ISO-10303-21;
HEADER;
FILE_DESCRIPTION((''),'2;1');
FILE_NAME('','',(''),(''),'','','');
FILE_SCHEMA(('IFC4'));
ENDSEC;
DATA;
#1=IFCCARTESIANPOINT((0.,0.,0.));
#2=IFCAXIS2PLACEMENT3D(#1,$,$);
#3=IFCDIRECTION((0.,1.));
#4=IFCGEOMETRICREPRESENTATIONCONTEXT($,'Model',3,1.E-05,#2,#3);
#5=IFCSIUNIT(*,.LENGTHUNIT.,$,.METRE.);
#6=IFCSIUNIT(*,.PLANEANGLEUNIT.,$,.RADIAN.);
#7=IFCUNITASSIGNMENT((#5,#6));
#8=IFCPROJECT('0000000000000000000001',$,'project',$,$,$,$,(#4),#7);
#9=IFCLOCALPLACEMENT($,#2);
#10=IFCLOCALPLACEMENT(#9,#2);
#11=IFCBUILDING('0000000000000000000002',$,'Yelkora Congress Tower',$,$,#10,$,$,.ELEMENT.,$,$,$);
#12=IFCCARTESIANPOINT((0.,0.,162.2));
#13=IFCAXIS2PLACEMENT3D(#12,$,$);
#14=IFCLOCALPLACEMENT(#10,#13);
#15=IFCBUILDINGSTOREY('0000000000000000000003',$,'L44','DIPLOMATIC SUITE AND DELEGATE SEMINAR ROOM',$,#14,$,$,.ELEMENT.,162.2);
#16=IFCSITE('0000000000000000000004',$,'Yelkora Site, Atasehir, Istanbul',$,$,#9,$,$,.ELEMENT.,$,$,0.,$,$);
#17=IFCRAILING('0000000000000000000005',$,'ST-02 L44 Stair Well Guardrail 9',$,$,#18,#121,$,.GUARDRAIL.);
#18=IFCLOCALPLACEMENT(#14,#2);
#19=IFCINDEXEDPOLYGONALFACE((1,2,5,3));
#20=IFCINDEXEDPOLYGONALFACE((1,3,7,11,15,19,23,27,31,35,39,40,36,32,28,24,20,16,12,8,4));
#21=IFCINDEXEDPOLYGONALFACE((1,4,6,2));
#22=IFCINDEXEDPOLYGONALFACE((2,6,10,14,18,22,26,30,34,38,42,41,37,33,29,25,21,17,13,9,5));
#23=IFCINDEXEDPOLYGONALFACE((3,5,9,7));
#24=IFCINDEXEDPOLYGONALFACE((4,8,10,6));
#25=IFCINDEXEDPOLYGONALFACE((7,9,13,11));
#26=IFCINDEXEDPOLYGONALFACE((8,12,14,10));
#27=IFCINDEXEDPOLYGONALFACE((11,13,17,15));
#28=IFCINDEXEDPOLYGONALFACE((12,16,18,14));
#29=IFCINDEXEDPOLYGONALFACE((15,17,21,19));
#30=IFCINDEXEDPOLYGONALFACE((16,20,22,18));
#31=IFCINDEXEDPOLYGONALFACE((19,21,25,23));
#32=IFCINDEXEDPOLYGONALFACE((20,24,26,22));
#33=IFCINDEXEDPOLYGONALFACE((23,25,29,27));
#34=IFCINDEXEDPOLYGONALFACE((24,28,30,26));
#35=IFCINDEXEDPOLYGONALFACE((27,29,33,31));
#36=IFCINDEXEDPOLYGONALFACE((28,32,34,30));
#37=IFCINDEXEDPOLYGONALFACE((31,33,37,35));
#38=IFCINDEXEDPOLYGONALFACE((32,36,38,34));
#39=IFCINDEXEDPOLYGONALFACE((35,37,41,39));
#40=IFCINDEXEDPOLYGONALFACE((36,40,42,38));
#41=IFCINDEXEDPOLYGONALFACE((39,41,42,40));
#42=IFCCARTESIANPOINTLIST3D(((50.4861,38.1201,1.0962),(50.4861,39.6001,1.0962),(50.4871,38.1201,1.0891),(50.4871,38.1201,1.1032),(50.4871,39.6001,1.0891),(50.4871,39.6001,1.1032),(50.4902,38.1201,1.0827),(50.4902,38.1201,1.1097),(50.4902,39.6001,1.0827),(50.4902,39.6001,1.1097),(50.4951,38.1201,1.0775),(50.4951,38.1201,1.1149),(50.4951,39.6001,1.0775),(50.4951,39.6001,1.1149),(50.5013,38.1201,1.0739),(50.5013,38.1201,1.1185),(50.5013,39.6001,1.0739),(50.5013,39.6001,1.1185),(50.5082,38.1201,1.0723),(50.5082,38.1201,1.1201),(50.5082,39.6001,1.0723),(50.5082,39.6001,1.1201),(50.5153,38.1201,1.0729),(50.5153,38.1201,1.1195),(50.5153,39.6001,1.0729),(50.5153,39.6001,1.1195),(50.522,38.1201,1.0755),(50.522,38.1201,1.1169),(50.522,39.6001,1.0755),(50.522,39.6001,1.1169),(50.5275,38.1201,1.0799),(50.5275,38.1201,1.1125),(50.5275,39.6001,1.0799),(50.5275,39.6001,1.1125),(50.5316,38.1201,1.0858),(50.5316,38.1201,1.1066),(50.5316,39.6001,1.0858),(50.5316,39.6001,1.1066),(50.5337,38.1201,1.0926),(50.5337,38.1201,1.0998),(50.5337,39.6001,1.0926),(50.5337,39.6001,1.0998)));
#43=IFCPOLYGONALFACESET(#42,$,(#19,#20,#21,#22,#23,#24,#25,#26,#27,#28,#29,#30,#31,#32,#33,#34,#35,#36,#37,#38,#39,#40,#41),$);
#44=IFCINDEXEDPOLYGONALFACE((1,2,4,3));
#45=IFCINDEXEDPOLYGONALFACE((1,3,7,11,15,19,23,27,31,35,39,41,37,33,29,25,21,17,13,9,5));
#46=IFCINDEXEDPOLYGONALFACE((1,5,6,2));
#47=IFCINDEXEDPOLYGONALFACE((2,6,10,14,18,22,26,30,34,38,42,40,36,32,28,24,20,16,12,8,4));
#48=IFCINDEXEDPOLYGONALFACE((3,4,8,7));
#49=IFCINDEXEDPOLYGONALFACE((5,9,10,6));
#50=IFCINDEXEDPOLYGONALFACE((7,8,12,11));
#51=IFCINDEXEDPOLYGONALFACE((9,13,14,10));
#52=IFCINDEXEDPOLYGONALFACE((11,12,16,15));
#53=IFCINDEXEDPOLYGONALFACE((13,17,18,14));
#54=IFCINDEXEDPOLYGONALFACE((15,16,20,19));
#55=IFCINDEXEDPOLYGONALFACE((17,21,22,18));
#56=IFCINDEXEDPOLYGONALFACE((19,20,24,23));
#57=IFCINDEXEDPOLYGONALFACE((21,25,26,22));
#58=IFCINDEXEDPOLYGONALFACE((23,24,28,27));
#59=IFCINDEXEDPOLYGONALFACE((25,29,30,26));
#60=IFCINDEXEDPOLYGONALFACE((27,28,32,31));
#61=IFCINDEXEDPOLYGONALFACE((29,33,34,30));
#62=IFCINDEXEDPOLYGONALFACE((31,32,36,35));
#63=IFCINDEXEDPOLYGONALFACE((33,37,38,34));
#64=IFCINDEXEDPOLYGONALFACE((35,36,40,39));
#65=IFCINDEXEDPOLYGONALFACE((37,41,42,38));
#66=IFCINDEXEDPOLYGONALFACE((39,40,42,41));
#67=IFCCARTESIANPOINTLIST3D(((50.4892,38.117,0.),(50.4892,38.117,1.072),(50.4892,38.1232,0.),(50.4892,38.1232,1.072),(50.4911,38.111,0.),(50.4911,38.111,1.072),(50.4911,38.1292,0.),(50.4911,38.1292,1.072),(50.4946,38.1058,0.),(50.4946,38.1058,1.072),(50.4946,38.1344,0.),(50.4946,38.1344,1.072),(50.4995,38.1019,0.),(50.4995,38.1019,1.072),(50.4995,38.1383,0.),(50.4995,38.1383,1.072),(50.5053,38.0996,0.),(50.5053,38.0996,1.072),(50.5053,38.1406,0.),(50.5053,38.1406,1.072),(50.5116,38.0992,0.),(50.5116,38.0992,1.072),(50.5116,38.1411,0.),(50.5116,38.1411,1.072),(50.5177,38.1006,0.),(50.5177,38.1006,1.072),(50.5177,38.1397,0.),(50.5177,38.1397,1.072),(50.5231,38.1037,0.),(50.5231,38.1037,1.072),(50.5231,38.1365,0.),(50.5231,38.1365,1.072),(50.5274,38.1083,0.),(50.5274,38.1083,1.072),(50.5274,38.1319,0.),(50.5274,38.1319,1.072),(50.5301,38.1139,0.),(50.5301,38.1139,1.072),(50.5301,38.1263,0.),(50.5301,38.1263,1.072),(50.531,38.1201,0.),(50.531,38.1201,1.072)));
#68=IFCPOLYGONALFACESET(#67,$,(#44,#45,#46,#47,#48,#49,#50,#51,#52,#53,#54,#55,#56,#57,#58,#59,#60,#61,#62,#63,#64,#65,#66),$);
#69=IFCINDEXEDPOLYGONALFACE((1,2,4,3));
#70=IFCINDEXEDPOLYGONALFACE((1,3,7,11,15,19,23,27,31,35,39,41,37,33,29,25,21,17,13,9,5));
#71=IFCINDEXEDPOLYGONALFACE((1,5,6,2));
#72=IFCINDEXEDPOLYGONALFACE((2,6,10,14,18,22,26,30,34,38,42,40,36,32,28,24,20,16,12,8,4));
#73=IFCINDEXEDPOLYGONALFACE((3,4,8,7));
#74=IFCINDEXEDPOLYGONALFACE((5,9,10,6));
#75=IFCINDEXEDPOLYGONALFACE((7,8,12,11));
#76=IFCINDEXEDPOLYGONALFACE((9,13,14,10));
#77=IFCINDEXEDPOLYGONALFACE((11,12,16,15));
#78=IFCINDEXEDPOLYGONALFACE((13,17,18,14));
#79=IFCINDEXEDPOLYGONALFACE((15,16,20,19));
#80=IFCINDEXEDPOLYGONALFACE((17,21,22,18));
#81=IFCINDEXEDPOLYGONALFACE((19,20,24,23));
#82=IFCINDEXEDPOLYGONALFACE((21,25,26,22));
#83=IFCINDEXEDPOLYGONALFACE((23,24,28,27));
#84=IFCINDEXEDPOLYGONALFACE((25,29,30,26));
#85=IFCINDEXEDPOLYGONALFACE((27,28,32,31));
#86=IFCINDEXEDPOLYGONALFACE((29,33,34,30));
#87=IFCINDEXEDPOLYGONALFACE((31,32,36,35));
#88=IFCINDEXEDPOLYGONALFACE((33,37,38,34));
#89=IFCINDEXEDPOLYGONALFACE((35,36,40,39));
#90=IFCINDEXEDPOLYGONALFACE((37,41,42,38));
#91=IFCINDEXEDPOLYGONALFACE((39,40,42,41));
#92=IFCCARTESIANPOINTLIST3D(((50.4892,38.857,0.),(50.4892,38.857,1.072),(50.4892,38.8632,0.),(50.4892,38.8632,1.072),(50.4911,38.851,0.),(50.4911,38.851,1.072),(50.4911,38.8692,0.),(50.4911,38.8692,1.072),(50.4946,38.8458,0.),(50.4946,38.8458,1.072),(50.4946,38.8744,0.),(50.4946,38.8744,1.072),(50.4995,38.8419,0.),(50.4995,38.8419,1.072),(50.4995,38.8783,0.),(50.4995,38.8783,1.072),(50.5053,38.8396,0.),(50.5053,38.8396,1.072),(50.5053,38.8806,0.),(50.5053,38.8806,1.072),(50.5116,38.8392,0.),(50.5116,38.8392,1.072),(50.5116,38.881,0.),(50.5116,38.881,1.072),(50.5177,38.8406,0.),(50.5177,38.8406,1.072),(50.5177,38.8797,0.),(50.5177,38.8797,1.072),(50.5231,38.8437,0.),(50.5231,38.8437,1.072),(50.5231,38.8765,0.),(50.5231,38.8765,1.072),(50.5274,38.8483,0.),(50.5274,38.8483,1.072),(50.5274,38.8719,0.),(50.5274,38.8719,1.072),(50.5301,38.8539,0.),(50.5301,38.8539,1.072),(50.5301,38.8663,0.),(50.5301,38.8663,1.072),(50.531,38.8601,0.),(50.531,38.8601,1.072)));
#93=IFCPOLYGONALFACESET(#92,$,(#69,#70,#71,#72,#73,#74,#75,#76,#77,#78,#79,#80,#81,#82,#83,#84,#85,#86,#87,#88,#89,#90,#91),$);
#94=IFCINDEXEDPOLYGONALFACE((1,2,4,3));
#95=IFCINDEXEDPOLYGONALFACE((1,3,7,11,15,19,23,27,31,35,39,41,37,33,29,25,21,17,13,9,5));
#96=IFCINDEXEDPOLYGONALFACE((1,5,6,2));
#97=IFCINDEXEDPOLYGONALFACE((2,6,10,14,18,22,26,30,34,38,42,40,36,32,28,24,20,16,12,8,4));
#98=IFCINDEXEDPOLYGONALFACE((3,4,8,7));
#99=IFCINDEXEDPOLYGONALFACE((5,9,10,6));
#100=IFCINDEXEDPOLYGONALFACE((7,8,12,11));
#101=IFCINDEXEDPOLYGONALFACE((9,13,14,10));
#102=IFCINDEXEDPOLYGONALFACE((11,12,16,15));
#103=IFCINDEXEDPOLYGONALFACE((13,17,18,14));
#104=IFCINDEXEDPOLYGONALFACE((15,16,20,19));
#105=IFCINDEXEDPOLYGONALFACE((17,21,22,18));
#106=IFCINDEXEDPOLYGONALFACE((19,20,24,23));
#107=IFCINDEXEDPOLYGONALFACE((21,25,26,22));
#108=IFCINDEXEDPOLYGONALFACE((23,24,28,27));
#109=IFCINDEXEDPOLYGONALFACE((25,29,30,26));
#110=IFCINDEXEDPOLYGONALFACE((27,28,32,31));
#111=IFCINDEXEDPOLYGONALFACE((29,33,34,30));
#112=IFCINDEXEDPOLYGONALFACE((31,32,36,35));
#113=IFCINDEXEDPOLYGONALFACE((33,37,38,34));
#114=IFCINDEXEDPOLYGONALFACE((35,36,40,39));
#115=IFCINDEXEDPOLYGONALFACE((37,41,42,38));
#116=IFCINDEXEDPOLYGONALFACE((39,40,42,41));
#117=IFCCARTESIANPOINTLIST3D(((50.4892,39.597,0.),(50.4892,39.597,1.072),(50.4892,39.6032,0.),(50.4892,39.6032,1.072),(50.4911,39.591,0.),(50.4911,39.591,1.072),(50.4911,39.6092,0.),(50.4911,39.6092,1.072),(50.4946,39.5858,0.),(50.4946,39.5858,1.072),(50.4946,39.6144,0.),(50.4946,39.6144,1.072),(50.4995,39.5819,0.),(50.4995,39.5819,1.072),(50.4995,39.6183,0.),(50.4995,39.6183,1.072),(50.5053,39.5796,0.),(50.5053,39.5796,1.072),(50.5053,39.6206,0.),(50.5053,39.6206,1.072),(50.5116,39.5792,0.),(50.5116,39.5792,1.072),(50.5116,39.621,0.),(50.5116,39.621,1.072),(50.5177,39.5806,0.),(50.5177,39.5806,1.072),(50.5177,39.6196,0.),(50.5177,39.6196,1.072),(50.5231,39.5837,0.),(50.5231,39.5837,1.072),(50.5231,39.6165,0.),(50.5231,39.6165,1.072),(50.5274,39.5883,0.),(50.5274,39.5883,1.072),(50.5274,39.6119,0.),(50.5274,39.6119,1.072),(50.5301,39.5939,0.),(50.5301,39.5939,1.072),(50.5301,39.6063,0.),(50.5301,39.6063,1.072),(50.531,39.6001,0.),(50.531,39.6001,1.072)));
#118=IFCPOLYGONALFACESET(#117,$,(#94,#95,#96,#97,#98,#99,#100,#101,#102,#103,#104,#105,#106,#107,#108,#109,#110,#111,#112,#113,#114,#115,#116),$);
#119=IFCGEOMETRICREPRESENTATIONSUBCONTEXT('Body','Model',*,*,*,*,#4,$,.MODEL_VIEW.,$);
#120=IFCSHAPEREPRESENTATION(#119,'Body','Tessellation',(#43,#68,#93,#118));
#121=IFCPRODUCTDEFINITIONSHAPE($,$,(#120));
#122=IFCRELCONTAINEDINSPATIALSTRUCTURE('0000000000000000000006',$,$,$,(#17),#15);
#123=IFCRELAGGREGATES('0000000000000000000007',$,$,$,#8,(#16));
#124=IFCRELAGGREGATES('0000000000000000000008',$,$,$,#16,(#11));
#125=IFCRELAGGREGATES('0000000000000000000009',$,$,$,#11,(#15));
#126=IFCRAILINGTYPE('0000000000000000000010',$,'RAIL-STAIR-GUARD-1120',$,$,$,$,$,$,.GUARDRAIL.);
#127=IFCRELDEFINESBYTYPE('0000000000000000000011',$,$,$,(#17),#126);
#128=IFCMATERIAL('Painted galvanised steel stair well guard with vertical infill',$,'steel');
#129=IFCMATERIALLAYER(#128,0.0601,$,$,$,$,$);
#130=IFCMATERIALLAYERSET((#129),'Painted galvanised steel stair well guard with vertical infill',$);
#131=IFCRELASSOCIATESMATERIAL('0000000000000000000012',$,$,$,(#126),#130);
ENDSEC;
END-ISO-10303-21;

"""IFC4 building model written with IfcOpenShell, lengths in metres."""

from ifc_helpers import new_model, si_unit, direction, frame, origin, origin_2d, place, context, subcontext, project, spatial, circle, extrude, material, layer, layer_set, type_object, element, save


model = new_model("IFC4")

# Units and contexts
model_context = context("Model", 3, precision=1e-05, world=origin(), true_north=direction((0.0, 1.0)))
body_context = subcontext(model_context, "Body", "Model", "MODEL_VIEW")
ifc_project = project(units=[si_unit("LENGTHUNIT", "METRE"), si_unit("PLANEANGLEUNIT", "RADIAN")], contexts=[model_context])

# Site, building, storey
site_placement = place(None, origin())
site = spatial("IfcSite", under=ifc_project, at=site_placement, Name="Yelkora Site, Atasehir, Istanbul", CompositionType="ELEMENT", RefElevation=0.0)
building_placement = place(site_placement, origin())
building = spatial("IfcBuilding", under=site, at=building_placement, Name="Yelkora Congress Tower", CompositionType="ELEMENT")
storey_placement = place(building_placement, frame((0.0, 0.0, 162.2)))
storey = spatial("IfcBuildingStorey", under=building, at=storey_placement, Name="L44", Description="DIPLOMATIC SUITE AND DELEGATE SEMINAR ROOM", CompositionType="ELEMENT", Elevation=162.2)

# Railing
ifc_material_1 = material(Name="Painted galvanised steel stair well guard with vertical infill", Category="steel")
ifc_layer_1 = layer(ifc_material_1, 0.0601)
ifc_layer_set_1 = layer_set([ifc_layer_1], Name="Painted galvanised steel stair well guard with vertical infill")
railing_type_1 = type_object("IfcRailingType", Name="RAIL-STAIR-GUARD-1120", PredefinedType="GUARDRAIL", material=ifc_layer_set_1)
railing_1_placement = place(storey_placement, frame((50.51, 38.1201, 0.0)))
element("IfcRailing", 1, at=railing_1_placement, inside=storey, type_object=railing_type_1, Name="ST-02 L44 Stair Well Guardrail 9", PredefinedType="GUARDRAIL", context=body_context, shape_type="SweptSolid", body=[
    extrude(circle(Radius=0.0239, at=origin_2d()), frame((0.0, 0.0, 1.0962), z_axis=(0.0, 1.0, 0.0), x_axis=(-1.0, 0.0, 0.0)), (0.0, 0.0, 1.0), 1.48),
    extrude(circle(Radius=0.021, at=origin_2d()), origin(), (0.0, 0.0, 1.0), 1.072),
    extrude(circle(Radius=0.021, at=origin_2d()), frame((0.0, 0.74, 0.0)), (0.0, 0.0, 1.0), 1.072),
    extrude(circle(Radius=0.021, at=origin_2d()), frame((0.0, 1.48, 0.0)), (0.0, 0.0, 1.0), 1.072),
])

save(model, "model.ifc")
